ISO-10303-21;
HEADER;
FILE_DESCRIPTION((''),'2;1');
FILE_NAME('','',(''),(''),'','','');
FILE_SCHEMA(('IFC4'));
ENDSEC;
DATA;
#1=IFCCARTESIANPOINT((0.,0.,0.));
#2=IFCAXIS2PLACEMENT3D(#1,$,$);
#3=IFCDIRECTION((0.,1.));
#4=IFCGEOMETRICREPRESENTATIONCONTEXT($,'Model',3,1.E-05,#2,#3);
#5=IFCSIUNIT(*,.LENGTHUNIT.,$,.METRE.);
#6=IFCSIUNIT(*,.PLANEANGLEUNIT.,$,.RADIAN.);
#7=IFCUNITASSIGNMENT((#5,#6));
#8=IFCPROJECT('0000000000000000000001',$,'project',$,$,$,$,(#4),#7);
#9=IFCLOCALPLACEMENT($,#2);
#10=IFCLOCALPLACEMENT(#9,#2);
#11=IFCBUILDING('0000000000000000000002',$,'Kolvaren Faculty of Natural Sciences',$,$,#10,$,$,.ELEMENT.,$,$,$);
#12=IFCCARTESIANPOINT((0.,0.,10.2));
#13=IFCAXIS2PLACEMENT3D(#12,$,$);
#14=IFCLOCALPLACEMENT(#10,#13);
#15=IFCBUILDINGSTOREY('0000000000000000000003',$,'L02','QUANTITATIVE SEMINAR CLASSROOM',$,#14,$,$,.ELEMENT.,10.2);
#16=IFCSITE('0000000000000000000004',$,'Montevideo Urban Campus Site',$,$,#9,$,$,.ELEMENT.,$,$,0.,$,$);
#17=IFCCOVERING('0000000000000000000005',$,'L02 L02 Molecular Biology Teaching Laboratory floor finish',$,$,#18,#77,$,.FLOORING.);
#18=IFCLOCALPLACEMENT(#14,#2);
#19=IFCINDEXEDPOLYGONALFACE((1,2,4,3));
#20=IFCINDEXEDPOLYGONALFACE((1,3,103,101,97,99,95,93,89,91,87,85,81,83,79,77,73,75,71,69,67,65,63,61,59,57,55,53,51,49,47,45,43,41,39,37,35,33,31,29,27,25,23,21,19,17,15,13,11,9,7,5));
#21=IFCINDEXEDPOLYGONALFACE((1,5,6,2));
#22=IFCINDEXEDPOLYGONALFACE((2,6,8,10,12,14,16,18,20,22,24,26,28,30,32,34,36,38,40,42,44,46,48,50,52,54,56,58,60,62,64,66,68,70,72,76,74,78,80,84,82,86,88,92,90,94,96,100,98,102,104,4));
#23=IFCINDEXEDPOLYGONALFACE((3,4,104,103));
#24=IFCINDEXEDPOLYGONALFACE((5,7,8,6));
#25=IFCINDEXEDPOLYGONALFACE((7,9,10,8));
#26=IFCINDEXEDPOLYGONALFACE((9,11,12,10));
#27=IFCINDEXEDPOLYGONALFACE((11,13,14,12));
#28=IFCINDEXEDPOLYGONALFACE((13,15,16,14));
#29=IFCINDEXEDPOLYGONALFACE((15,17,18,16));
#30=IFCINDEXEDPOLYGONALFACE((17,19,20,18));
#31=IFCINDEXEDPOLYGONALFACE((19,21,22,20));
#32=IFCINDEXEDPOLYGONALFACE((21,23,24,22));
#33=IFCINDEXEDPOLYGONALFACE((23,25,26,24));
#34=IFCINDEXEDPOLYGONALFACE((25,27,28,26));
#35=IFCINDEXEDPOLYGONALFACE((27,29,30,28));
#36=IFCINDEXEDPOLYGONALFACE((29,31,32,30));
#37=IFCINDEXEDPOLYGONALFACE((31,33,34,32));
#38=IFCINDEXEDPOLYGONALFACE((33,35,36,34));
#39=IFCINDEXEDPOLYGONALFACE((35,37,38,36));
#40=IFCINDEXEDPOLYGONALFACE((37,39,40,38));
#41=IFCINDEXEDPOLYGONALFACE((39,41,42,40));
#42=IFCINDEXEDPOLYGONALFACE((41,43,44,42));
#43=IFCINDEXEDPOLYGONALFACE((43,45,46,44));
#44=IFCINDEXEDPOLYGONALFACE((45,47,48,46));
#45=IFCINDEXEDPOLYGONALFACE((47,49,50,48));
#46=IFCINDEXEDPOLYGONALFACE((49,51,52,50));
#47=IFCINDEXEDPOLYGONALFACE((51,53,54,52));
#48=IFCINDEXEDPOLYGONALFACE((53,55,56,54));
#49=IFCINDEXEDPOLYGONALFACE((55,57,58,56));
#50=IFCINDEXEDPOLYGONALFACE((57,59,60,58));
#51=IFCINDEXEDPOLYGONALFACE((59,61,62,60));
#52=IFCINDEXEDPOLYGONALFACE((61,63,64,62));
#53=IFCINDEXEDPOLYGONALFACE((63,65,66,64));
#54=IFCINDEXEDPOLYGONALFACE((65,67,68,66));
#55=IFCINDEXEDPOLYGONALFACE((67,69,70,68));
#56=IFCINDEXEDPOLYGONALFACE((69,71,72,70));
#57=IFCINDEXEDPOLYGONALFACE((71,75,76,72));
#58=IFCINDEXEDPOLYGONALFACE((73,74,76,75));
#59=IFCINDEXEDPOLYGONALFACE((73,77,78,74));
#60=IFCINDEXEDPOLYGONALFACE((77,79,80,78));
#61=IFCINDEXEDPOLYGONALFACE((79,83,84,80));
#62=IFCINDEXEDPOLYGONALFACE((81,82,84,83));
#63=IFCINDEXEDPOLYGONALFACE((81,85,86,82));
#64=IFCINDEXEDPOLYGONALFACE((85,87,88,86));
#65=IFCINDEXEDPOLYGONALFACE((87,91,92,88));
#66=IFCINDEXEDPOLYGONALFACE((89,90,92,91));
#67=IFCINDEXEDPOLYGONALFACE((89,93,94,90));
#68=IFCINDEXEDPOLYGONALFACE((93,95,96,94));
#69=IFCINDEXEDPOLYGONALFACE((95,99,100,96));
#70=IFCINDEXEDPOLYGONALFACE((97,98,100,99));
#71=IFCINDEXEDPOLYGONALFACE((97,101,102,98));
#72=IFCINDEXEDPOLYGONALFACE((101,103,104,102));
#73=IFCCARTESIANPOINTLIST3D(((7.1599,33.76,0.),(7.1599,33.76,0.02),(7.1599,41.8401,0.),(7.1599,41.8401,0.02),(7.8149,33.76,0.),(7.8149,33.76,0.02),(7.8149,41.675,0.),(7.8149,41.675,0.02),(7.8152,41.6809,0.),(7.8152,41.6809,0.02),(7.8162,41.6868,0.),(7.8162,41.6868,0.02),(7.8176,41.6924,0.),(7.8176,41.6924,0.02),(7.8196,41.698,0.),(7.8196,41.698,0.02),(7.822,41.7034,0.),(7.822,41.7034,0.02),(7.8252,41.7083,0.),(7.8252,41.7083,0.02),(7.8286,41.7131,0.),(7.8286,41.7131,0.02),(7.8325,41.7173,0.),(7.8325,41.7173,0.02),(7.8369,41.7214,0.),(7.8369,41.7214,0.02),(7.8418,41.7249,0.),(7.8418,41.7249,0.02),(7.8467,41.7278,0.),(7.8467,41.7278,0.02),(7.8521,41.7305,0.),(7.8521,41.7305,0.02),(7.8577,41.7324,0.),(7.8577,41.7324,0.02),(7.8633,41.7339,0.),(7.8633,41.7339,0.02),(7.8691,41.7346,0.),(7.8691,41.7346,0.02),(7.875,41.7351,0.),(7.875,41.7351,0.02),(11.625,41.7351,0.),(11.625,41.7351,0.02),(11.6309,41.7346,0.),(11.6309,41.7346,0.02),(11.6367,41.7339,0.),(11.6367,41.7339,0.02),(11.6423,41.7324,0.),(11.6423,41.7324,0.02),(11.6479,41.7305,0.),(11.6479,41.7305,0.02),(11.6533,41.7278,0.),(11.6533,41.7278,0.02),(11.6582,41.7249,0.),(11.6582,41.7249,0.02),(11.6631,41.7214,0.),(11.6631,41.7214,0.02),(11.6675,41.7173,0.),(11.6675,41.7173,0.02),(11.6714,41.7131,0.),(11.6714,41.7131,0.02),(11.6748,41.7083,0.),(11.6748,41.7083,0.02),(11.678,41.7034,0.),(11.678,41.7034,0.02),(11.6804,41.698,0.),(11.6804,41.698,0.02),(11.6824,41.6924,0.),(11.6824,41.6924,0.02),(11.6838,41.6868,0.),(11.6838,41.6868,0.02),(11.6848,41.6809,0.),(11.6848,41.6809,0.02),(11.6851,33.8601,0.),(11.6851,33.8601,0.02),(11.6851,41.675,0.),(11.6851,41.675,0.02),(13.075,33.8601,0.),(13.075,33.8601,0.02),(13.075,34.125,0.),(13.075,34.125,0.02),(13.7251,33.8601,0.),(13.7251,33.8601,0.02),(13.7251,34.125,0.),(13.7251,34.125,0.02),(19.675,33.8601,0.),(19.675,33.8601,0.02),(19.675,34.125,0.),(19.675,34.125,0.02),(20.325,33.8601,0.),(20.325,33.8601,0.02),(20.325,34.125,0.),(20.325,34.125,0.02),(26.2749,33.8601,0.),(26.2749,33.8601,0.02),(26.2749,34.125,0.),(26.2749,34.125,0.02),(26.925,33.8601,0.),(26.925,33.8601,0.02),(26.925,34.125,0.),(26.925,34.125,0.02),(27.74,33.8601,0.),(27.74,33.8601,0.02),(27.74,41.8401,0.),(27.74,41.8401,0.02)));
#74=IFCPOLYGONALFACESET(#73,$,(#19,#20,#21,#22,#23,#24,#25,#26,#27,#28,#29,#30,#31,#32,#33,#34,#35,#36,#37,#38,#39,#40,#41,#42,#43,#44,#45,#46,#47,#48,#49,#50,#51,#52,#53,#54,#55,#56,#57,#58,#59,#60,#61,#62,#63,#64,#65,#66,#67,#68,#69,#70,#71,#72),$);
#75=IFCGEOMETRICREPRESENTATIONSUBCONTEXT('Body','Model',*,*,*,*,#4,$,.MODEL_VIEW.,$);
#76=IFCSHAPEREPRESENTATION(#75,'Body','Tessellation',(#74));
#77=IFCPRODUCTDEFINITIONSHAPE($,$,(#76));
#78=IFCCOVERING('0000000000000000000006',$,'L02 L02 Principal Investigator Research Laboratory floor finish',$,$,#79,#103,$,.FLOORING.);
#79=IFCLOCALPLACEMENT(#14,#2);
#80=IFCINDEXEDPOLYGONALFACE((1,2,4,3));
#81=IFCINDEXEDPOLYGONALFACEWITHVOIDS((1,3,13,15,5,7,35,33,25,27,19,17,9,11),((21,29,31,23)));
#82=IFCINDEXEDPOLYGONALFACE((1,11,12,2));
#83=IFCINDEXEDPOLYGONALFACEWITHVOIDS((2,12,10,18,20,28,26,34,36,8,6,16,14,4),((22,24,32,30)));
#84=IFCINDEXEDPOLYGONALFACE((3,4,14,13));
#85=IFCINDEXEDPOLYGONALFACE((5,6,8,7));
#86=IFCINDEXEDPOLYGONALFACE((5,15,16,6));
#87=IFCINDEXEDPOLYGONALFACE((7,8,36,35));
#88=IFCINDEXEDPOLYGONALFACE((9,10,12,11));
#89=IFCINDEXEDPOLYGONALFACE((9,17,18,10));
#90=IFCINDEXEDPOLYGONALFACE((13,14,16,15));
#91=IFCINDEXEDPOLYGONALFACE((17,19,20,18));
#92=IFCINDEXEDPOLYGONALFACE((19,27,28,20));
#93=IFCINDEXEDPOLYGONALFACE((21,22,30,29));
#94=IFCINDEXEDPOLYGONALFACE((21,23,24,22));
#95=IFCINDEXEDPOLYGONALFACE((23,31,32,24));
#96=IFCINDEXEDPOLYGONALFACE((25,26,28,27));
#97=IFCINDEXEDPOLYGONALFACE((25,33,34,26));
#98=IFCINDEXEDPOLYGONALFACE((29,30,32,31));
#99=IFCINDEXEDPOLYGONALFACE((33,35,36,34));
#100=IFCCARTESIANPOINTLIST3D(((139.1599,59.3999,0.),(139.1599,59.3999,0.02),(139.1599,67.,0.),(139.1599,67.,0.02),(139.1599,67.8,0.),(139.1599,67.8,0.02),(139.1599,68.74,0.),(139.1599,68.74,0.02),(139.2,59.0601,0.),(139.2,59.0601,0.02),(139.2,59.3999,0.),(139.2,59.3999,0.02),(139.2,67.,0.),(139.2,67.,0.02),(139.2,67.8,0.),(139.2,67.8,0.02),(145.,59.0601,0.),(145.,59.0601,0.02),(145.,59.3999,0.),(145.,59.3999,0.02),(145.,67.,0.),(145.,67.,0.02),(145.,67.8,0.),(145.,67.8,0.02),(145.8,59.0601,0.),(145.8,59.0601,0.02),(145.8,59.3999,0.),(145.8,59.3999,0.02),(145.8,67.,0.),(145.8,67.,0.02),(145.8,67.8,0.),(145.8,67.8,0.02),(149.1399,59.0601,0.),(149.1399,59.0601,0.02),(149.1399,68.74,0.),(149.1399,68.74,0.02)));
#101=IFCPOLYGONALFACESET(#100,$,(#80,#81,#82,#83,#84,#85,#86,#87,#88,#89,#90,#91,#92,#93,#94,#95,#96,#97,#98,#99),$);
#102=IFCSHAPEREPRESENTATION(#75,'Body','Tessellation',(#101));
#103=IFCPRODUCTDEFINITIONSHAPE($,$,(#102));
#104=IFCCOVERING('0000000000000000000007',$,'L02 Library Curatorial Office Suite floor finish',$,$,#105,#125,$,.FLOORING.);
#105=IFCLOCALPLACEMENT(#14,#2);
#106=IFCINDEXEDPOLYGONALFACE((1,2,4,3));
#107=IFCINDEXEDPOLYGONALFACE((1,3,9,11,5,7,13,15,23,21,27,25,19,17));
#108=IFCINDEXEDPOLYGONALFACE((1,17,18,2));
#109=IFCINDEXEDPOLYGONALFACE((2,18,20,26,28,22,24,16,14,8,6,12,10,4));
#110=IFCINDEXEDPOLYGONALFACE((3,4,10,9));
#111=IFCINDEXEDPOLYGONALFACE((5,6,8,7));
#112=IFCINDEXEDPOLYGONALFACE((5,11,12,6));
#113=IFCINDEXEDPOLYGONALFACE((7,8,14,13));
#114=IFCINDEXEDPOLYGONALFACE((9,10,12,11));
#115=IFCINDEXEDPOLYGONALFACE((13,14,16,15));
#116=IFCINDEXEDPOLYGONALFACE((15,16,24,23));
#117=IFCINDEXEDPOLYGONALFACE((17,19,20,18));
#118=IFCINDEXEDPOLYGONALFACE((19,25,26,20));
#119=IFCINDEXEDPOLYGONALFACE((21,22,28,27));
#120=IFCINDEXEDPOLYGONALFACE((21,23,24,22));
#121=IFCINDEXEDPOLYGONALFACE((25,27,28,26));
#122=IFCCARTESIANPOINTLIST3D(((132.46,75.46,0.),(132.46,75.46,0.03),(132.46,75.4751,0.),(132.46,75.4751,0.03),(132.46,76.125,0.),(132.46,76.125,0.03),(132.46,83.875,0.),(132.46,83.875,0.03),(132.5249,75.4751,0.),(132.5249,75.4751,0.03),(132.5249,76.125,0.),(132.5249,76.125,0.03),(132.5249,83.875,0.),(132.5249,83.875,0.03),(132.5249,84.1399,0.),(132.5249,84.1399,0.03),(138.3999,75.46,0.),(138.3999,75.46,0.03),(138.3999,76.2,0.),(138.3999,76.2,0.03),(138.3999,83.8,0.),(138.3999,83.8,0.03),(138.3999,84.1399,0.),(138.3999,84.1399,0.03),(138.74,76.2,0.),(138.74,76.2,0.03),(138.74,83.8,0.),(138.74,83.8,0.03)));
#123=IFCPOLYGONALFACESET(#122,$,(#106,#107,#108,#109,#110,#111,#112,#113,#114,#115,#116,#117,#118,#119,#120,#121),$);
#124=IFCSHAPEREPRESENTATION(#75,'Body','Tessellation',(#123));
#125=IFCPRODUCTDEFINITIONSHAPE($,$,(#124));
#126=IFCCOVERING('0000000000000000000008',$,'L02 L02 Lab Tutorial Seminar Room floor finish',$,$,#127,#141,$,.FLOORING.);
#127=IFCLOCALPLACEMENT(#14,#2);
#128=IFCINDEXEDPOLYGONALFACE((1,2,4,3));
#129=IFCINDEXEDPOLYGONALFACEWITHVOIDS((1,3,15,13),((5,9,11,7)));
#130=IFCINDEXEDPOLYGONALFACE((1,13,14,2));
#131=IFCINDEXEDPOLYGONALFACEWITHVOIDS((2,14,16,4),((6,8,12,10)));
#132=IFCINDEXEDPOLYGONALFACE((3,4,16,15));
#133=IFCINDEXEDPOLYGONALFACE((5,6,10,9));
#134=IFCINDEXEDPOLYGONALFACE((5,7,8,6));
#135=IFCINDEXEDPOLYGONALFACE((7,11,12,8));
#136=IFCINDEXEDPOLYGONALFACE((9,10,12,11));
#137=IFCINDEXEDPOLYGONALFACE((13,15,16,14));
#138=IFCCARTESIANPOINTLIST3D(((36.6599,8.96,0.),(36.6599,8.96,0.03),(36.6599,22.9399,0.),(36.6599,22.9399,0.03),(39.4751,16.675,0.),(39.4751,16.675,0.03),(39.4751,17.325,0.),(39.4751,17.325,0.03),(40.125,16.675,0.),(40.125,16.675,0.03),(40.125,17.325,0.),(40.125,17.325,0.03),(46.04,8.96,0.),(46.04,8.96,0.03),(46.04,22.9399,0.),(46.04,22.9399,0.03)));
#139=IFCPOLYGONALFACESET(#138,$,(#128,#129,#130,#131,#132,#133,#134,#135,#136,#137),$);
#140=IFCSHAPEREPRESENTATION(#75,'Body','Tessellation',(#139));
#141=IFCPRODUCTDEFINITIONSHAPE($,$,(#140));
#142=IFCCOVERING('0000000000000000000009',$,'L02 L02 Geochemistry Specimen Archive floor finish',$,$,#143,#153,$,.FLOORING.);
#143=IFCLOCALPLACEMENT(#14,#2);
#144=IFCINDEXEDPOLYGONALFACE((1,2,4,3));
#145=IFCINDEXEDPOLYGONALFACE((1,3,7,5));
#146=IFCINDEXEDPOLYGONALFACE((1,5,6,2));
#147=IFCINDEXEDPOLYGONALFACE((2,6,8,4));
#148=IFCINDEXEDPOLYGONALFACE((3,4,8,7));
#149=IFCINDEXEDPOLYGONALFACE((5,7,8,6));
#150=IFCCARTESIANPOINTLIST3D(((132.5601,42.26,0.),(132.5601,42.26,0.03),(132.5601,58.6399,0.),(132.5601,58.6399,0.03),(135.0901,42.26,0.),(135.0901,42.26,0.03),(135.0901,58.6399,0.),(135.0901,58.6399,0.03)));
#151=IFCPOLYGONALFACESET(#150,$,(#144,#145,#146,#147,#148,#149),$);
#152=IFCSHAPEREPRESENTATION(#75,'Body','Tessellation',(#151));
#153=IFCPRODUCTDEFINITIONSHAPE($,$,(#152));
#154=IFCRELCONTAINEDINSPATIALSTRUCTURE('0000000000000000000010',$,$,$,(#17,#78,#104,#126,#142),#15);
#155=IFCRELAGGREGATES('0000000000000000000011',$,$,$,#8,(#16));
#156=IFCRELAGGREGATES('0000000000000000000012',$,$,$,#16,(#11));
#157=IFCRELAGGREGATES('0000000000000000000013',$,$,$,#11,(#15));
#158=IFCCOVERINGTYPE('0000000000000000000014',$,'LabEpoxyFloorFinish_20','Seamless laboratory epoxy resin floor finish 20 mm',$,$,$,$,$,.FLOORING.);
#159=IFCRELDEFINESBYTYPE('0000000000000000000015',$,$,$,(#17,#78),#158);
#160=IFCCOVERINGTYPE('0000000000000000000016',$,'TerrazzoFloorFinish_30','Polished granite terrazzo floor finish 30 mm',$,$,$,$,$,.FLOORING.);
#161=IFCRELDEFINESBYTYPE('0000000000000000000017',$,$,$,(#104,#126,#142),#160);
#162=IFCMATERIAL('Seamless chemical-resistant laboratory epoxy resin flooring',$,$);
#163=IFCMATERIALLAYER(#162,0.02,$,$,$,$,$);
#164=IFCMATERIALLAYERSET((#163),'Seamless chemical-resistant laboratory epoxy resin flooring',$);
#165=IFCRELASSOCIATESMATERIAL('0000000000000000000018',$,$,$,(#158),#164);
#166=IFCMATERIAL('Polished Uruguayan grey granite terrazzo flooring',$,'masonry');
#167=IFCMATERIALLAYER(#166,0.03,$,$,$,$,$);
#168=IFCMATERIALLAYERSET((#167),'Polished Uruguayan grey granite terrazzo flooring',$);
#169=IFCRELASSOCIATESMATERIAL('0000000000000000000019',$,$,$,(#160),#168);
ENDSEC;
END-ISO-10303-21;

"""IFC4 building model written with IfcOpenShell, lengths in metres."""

from ifc_helpers import new_model, si_unit, direction, frame, origin, place, context, subcontext, project, spatial, polyline, outline, extrude, material, layer, layer_set, type_object, element, save


model = new_model("IFC4")

# Units and contexts
model_context = context("Model", 3, precision=1e-05, world=origin(), true_north=direction((0.0, 1.0)))
body_context = subcontext(model_context, "Body", "Model", "MODEL_VIEW")
ifc_project = project(units=[si_unit("LENGTHUNIT", "METRE"), si_unit("PLANEANGLEUNIT", "RADIAN")], contexts=[model_context])

# Site, building, storey
site_placement = place(None, origin())
site = spatial("IfcSite", under=ifc_project, at=site_placement, Name="Montevideo Urban Campus Site", CompositionType="ELEMENT", RefElevation=0.0)
building_placement = place(site_placement, origin())
building = spatial("IfcBuilding", under=site, at=building_placement, Name="Kolvaren Faculty of Natural Sciences", CompositionType="ELEMENT")
storey_placement = place(building_placement, frame((0.0, 0.0, 10.2)))
storey = spatial("IfcBuildingStorey", under=building, at=storey_placement, Name="L02", Description="QUANTITATIVE SEMINAR CLASSROOM", CompositionType="ELEMENT", Elevation=10.2)

# Coverings
ifc_material_1 = material(Name="Seamless chemical-resistant laboratory epoxy resin flooring")
ifc_layer_1 = layer(ifc_material_1, 0.02)
ifc_layer_set_1 = layer_set([ifc_layer_1], Name="Seamless chemical-resistant laboratory epoxy resin flooring")
covering_type_1 = type_object("IfcCoveringType", Name="LabEpoxyFloorFinish_20", Description="Seamless laboratory epoxy resin floor finish 20 mm", PredefinedType="FLOORING", material=ifc_layer_set_1)
covering_1_placement = place(storey_placement, origin())
element("IfcCovering", 1, at=covering_1_placement, inside=storey, type_object=covering_type_1, Name="L02 L02 Molecular Biology Teaching Laboratory floor finish", PredefinedType="FLOORING", context=body_context, shape_type="SweptSolid", body=[
    extrude(outline(polyline([(11.6851, 41.675), (11.6848, 41.6809), (11.6838, 41.6868), (11.6824, 41.6924), (11.6804, 41.698), (11.678, 41.7034), (11.6748, 41.7083), (11.6714, 41.7131), (11.6675, 41.7173), (11.6631, 41.7214), (11.6582, 41.7249), (11.6533, 41.7278), (11.6479, 41.7305), (11.6423, 41.7324), (11.6367, 41.7339), (11.6309, 41.7346), (11.625, 41.7351), (7.875, 41.7351), (7.8691, 41.7346), (7.8633, 41.7339), (7.8577, 41.7324), (7.8521, 41.7305), (7.8467, 41.7278), (7.8418, 41.7249), (7.8369, 41.7214), (7.8325, 41.7173), (7.8286, 41.7131), (7.8252, 41.7083), (7.822, 41.7034), (7.8196, 41.698), (7.8176, 41.6924), (7.8162, 41.6868), (7.8152, 41.6809), (7.8149, 41.675), (7.8149, 33.76), (7.1599, 33.76), (7.1599, 41.8401), (27.74, 41.8401), (27.74, 33.8601), (26.925, 33.8601), (26.925, 34.125), (26.2749, 34.125), (26.2749, 33.8601), (20.325, 33.8601), (20.325, 34.125), (19.675, 34.125), (19.675, 33.8601), (13.7251, 33.8601), (13.7251, 34.125), (13.075, 34.125), (13.075, 33.8601), (11.6851, 33.8601), (11.6851, 41.675)])), origin(), (0.0, 0.0, 1.0), 0.02),
])
covering_2_placement = place(storey_placement, origin())
element("IfcCovering", 2, at=covering_2_placement, inside=storey, type_object=covering_type_1, Name="L02 L02 Principal Investigator Research Laboratory floor finish", PredefinedType="FLOORING", context=body_context, shape_type="SweptSolid", body=[
    extrude(outline(polyline([(145.8, 59.0601), (145.8, 59.3999), (145.0, 59.3999), (145.0, 59.0601), (139.2, 59.0601), (139.2, 59.3999), (139.1599, 59.3999), (139.1599, 67.0), (139.2, 67.0), (139.2, 67.8), (139.1599, 67.8), (139.1599, 68.74), (149.1399, 68.74), (149.1399, 59.0601), (145.8, 59.0601)]), holes=[polyline([(145.0, 67.8), (145.0, 67.0), (145.8, 67.0), (145.8, 67.8), (145.0, 67.8)])]), origin(), (0.0, 0.0, 1.0), 0.02),
])
ifc_material_2 = material(Name="Polished Uruguayan grey granite terrazzo flooring", Category="masonry")
ifc_layer_2 = layer(ifc_material_2, 0.03)
ifc_layer_set_2 = layer_set([ifc_layer_2], Name="Polished Uruguayan grey granite terrazzo flooring")
covering_type_2 = type_object("IfcCoveringType", Name="TerrazzoFloorFinish_30", Description="Polished granite terrazzo floor finish 30 mm", PredefinedType="FLOORING", material=ifc_layer_set_2)
covering_3_placement = place(storey_placement, origin())
element("IfcCovering", 3, at=covering_3_placement, inside=storey, type_object=covering_type_2, Name="L02 Library Curatorial Office Suite floor finish", PredefinedType="FLOORING", context=body_context, shape_type="SweptSolid", body=[
    extrude(outline(polyline([(132.46, 75.4751), (132.5249, 75.4751), (132.5249, 76.125), (132.46, 76.125), (132.46, 83.875), (132.5249, 83.875), (132.5249, 84.1399), (138.3999, 84.1399), (138.3999, 83.8), (138.74, 83.8), (138.74, 76.2), (138.3999, 76.2), (138.3999, 75.46), (132.46, 75.46), (132.46, 75.4751)])), origin(), (0.0, 0.0, 1.0), 0.03),
])
covering_4_placement = place(storey_placement, origin())
element("IfcCovering", 4, at=covering_4_placement, inside=storey, type_object=covering_type_2, Name="L02 L02 Lab Tutorial Seminar Room floor finish", PredefinedType="FLOORING", context=body_context, shape_type="SweptSolid", body=[
    extrude(outline(polyline([(46.04, 8.96), (36.6599, 8.96), (36.6599, 22.9399), (46.04, 22.9399), (46.04, 8.96)]), holes=[polyline([(39.4751, 17.325), (39.4751, 16.675), (40.125, 16.675), (40.125, 17.325), (39.4751, 17.325)])]), origin(), (0.0, 0.0, 1.0), 0.03),
])
covering_5_placement = place(storey_placement, origin())
element("IfcCovering", 5, at=covering_5_placement, inside=storey, type_object=covering_type_2, Name="L02 L02 Geochemistry Specimen Archive floor finish", PredefinedType="FLOORING", context=body_context, shape_type="SweptSolid", body=[
    extrude(outline(polyline([(132.5601, 58.6399), (135.0901, 58.6399), (135.0901, 42.26), (132.5601, 42.26), (132.5601, 58.6399)])), origin(), (0.0, 0.0, 1.0), 0.03),
])

save(model, "model.ifc")
